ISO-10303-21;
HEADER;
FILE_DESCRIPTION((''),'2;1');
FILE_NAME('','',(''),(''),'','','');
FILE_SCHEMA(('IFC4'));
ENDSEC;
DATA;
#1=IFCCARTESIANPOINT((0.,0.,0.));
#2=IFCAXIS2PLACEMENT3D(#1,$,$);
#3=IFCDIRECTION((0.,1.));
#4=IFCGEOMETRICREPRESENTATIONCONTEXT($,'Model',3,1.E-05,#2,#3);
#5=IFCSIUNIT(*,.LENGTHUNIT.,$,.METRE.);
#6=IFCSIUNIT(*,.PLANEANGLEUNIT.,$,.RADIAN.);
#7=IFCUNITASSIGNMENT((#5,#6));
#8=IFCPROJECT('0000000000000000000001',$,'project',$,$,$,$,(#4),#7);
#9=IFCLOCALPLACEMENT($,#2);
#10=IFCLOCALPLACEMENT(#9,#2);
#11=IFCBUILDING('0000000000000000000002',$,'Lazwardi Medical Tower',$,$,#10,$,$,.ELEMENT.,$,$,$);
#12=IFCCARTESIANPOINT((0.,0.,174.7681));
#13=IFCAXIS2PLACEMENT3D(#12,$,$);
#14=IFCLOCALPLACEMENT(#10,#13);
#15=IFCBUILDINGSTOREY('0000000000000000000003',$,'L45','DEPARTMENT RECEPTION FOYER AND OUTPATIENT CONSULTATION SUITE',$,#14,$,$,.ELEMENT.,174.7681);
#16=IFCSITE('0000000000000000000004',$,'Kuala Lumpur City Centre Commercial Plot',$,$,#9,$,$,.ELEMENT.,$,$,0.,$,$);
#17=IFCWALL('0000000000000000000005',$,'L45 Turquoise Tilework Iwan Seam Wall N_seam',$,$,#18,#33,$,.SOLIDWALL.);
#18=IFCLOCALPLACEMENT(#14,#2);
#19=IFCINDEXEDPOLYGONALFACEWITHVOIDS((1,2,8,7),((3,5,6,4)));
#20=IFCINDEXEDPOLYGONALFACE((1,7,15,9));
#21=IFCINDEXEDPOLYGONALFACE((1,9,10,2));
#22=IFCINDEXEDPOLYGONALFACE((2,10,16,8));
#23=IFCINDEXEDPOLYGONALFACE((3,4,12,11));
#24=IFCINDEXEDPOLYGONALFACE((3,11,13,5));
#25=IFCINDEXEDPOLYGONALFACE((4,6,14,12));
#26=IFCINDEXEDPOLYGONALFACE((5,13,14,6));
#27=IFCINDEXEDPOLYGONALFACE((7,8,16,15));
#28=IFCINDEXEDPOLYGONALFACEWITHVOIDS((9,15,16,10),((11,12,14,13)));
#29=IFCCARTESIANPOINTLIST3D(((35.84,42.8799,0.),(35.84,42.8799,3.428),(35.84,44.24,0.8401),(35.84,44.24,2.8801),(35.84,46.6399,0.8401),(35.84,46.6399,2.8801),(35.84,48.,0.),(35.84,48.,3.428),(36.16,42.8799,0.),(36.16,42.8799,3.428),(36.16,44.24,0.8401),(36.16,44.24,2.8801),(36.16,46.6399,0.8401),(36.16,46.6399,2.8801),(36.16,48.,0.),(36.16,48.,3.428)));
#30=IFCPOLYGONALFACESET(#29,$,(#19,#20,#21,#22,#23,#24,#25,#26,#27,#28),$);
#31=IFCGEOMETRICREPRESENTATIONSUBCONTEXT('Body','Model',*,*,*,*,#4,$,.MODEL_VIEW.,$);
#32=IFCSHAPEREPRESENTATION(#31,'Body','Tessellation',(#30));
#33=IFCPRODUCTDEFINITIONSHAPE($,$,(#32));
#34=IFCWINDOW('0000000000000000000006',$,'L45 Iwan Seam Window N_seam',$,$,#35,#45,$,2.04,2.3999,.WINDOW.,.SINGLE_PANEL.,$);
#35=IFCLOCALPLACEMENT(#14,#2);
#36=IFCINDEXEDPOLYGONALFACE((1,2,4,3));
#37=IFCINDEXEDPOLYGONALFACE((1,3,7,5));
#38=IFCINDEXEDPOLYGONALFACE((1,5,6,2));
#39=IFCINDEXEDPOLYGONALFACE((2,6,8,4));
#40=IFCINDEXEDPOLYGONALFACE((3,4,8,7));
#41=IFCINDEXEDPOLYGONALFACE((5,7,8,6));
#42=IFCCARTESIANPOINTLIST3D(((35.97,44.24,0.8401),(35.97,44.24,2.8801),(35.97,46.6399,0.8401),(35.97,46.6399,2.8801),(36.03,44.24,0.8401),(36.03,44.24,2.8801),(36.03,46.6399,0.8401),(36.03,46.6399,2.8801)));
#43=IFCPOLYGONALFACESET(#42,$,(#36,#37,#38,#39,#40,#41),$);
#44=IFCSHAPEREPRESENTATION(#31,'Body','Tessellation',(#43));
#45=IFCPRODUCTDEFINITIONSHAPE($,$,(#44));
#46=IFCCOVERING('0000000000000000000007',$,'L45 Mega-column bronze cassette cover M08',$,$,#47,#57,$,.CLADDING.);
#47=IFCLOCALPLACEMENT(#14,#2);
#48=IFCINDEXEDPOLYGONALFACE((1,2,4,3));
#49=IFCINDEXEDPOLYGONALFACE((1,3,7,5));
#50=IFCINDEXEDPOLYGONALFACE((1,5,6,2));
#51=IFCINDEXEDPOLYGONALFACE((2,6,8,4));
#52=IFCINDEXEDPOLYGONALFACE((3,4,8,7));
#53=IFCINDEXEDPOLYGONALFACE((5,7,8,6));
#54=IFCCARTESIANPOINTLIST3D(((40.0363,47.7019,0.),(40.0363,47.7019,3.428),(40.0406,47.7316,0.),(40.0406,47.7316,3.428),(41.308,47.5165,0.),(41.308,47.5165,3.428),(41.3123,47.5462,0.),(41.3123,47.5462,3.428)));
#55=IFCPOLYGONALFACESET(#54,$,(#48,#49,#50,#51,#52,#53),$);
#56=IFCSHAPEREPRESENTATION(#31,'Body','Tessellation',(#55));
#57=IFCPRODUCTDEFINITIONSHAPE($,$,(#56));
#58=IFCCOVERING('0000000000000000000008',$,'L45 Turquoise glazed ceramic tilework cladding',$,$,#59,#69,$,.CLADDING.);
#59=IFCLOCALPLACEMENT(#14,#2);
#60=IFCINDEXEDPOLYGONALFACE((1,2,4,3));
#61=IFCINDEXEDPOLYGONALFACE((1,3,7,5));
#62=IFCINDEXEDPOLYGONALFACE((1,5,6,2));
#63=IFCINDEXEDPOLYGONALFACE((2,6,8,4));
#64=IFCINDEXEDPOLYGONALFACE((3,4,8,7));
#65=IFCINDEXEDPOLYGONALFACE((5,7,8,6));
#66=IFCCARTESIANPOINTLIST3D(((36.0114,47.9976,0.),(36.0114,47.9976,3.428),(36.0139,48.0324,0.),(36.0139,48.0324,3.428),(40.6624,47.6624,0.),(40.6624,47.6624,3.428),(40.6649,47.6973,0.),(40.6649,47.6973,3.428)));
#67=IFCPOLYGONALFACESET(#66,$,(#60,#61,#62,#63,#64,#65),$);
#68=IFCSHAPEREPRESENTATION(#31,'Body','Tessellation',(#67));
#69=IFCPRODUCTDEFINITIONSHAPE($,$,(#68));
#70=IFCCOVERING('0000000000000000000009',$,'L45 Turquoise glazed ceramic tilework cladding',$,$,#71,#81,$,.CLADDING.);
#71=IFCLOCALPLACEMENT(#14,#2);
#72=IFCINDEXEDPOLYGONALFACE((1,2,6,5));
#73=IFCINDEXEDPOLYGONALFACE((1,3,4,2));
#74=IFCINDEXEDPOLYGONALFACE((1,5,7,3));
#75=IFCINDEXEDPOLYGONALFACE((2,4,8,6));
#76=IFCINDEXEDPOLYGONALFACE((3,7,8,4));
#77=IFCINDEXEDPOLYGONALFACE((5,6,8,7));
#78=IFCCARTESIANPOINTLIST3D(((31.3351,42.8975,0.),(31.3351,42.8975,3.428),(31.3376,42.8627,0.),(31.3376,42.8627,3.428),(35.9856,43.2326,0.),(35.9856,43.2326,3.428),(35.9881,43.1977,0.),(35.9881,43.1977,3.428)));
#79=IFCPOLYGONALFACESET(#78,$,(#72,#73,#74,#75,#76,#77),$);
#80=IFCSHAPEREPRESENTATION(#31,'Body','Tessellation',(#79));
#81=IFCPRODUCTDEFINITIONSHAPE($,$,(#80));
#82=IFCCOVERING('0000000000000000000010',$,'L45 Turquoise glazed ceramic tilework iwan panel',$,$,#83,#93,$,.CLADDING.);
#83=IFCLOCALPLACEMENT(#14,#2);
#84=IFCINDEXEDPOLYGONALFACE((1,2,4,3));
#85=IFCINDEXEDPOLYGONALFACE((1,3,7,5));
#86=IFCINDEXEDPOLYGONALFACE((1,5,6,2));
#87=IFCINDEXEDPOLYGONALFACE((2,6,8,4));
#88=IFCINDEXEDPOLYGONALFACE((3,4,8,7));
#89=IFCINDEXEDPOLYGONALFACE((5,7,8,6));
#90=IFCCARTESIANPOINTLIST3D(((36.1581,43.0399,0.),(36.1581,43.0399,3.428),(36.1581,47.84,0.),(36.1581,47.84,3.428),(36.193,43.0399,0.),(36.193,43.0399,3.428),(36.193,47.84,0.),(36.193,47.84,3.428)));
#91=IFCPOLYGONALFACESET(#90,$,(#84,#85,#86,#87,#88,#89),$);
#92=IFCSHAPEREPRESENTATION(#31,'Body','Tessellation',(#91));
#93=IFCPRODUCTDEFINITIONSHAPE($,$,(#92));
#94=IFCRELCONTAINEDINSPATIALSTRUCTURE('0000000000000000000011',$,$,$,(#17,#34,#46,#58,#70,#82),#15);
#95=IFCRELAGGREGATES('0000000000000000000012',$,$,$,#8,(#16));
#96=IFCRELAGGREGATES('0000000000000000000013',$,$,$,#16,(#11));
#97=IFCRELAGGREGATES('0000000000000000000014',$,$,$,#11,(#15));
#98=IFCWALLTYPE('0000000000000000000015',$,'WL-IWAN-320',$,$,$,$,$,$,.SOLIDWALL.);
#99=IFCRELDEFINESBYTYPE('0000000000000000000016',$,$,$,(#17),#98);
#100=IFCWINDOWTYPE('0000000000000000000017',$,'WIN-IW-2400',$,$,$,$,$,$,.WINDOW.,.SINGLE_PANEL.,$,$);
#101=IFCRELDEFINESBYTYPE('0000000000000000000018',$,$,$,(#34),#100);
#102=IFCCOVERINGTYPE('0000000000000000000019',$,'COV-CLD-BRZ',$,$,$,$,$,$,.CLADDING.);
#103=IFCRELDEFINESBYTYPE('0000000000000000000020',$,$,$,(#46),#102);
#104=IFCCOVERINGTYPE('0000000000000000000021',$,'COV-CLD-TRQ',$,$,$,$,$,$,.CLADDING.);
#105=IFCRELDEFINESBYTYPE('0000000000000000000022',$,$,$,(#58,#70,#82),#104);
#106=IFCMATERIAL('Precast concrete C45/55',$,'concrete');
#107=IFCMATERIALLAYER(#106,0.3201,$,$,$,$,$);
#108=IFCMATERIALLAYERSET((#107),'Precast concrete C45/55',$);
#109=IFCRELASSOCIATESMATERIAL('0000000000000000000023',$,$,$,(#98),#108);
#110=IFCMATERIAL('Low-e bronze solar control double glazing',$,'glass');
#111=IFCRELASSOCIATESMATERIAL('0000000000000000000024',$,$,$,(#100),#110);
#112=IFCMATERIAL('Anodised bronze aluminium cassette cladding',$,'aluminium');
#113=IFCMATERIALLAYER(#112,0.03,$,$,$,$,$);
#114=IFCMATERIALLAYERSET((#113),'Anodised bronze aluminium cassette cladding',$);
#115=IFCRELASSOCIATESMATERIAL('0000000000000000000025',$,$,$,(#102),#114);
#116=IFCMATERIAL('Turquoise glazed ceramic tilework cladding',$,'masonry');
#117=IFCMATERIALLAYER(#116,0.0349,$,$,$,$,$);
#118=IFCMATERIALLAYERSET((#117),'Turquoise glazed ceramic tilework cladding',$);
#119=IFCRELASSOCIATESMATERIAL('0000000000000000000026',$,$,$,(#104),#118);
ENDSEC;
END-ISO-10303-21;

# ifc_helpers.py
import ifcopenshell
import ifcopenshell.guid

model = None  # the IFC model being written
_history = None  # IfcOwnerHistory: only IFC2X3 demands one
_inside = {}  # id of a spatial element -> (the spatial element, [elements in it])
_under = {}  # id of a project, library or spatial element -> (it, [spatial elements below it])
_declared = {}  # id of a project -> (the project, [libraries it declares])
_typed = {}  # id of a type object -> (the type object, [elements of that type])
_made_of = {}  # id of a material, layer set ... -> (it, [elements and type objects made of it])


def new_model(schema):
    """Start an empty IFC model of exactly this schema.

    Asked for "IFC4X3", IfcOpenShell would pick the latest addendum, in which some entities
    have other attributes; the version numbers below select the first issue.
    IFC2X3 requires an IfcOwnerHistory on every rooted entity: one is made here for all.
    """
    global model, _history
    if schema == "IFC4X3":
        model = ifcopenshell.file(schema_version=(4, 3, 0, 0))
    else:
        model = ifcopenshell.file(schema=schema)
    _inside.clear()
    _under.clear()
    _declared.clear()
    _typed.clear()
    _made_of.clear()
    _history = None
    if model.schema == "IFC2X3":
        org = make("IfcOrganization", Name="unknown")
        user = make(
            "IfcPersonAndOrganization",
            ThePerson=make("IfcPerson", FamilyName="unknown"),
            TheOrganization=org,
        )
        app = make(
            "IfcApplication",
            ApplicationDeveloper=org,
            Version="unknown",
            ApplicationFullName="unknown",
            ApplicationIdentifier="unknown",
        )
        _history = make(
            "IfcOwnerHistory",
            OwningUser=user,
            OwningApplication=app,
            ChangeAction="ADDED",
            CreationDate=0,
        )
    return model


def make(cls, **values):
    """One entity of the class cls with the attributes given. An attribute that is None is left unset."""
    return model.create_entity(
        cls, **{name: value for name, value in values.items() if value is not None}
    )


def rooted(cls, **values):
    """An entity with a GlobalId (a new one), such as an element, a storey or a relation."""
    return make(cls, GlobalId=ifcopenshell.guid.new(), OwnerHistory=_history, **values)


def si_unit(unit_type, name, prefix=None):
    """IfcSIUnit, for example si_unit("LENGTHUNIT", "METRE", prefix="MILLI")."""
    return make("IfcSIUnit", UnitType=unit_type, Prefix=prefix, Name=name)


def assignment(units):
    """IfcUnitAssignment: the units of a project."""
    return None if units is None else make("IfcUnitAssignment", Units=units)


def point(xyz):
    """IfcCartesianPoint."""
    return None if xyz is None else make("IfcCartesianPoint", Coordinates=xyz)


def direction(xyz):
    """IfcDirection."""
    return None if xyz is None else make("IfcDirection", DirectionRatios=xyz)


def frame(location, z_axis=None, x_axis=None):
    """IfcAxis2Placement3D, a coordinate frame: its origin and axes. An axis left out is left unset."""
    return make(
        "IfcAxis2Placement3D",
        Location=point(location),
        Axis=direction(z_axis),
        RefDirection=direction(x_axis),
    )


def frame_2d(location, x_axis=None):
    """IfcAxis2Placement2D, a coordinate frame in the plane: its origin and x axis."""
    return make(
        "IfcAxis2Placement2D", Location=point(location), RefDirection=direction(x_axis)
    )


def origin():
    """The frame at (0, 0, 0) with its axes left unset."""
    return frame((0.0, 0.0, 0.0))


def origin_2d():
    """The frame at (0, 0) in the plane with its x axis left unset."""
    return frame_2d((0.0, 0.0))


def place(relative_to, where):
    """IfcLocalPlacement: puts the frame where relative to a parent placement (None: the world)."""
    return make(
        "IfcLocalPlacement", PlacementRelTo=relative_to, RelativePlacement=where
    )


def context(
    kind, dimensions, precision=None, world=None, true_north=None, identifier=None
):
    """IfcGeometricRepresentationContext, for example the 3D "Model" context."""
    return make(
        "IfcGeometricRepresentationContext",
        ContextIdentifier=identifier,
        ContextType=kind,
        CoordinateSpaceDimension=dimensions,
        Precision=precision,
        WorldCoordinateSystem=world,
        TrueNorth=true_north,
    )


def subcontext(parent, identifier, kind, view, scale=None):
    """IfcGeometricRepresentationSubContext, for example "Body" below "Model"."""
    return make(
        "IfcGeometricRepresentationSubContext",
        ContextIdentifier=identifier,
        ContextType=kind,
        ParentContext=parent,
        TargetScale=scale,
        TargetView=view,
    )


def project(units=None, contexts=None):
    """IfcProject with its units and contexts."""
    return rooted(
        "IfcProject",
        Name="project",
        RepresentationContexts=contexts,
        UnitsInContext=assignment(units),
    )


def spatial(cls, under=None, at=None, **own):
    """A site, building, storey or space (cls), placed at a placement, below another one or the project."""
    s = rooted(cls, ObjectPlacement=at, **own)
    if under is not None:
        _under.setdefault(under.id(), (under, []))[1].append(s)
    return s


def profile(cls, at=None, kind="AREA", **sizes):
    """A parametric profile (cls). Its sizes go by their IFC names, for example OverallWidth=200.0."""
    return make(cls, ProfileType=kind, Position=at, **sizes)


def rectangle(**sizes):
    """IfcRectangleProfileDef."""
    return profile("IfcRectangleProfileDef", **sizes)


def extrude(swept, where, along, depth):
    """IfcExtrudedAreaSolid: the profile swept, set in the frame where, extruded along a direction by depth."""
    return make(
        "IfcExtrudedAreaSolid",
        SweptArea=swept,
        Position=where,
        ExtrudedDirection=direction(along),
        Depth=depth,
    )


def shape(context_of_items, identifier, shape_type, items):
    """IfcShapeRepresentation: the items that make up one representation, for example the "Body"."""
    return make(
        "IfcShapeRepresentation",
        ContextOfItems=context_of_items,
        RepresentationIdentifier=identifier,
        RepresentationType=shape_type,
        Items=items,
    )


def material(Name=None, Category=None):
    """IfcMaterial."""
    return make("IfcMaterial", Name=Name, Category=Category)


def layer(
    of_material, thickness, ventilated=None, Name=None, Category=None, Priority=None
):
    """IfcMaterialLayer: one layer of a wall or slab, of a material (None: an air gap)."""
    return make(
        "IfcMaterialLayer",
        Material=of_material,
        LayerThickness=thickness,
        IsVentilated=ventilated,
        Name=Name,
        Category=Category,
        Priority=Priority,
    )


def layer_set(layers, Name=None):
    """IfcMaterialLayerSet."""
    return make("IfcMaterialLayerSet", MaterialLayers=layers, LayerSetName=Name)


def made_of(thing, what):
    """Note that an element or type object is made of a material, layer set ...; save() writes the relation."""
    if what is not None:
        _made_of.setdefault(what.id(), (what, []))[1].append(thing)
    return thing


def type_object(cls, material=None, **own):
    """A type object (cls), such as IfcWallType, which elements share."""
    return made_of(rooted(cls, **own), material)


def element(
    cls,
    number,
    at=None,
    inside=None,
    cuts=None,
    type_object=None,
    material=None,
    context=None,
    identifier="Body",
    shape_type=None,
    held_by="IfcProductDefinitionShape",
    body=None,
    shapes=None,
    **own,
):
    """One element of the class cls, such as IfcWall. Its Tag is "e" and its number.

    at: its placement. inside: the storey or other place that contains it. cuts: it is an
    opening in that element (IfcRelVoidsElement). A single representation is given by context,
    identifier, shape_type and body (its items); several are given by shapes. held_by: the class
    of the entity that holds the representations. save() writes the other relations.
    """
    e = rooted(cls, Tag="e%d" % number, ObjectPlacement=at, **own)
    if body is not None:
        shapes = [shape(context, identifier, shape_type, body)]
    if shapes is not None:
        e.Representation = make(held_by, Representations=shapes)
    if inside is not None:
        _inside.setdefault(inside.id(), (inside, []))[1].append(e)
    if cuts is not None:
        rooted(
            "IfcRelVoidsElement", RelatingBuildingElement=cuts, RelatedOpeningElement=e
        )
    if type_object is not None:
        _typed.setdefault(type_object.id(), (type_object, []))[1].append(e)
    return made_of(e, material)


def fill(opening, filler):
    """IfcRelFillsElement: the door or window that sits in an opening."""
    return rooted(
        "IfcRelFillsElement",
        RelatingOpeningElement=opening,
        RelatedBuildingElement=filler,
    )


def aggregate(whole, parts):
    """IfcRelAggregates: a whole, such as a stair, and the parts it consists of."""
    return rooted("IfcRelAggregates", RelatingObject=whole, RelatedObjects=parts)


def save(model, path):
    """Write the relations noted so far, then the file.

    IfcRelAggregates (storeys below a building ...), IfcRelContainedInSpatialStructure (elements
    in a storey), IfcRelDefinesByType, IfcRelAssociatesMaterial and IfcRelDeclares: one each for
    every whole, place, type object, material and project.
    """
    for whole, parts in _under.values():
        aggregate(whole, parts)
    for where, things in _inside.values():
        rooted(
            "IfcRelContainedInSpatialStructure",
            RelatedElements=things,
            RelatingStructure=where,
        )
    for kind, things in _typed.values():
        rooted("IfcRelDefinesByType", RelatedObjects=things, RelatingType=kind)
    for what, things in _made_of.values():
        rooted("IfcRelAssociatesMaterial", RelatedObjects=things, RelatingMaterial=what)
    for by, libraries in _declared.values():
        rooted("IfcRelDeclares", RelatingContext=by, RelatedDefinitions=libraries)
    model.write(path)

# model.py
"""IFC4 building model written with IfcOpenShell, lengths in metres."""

from ifc_helpers import new_model, si_unit, direction, frame, frame_2d, origin, origin_2d, place, context, subcontext, project, spatial, rectangle, extrude, material, layer, layer_set, type_object, element, fill, save


model = new_model("IFC4")

# Units and contexts
model_context = context("Model", 3, precision=1e-05, world=origin(), true_north=direction((0.0, 1.0)))
body_context = subcontext(model_context, "Body", "Model", "MODEL_VIEW")
ifc_project = project(units=[si_unit("LENGTHUNIT", "METRE"), si_unit("PLANEANGLEUNIT", "RADIAN")], contexts=[model_context])

# Site, building, storey
site_placement = place(None, origin())
site = spatial("IfcSite", under=ifc_project, at=site_placement, Name="Kuala Lumpur City Centre Commercial Plot", CompositionType="ELEMENT", RefElevation=0.0)
building_placement = place(site_placement, origin())
building = spatial("IfcBuilding", under=site, at=building_placement, Name="Lazwardi Medical Tower", CompositionType="ELEMENT")
storey_placement = place(building_placement, frame((0.0, 0.0, 174.7681)))
storey = spatial("IfcBuildingStorey", under=building, at=storey_placement, Name="L45", Description="DEPARTMENT RECEPTION FOYER AND OUTPATIENT CONSULTATION SUITE", CompositionType="ELEMENT", Elevation=174.7681)

# Shared definitions
ifc_material_1 = material(Name="Low-e bronze solar control double glazing", Category="glass")

# Wall, opening, window
ifc_material_2 = material(Name="Precast concrete C45/55", Category="concrete")
ifc_layer_1 = layer(ifc_material_2, 0.3201)
ifc_layer_set_1 = layer_set([ifc_layer_1], Name="Precast concrete C45/55")
wall_type_1 = type_object("IfcWallType", Name="WL-IWAN-320", PredefinedType="SOLIDWALL", material=ifc_layer_set_1)
wall_1_placement = place(storey_placement, frame((36.0, 48.0, 0.0), z_axis=(0.0, 0.0, 1.0), x_axis=(0.0, -1.0, 0.0)))
wall_1 = element("IfcWall", 1, at=wall_1_placement, inside=storey, type_object=wall_type_1, Name="L45 Turquoise Tilework Iwan Seam Wall N_seam", PredefinedType="SOLIDWALL", context=body_context, shape_type="SweptSolid", body=[
    extrude(rectangle(XDim=5.1201, YDim=0.3201, at=frame_2d((2.5601, 0.0))), origin(), (0.0, 0.0, 1.0), 3.428),
])
opening_1_placement = place(wall_1_placement, frame((1.3601, 0.0, 0.8401)))
opening_1 = element("IfcOpeningElement", 2, at=opening_1_placement, cuts=wall_1, PredefinedType="OPENING", context=body_context, shape_type="SweptSolid", body=[
    extrude(rectangle(XDim=2.3999, YDim=2.04, at=frame_2d((1.2, 1.02))), frame((0.0, 0.1699, 0.0), z_axis=(0.0, -1.0, 0.0), x_axis=(1.0, 0.0, 0.0)), (0.0, 0.0, 1.0), 0.3401),
])
window_type_1 = type_object("IfcWindowType", Name="WIN-IW-2400", PartitioningType="SINGLE_PANEL", PredefinedType="WINDOW", material=ifc_material_1)
window_1_placement = place(opening_1_placement, origin())
window_1 = element("IfcWindow", 3, at=window_1_placement, inside=storey, type_object=window_type_1, Name="L45 Iwan Seam Window N_seam", OverallHeight=2.04, OverallWidth=2.3999, PartitioningType="SINGLE_PANEL", PredefinedType="WINDOW", context=body_context, shape_type="SweptSolid", body=[
    extrude(rectangle(XDim=2.3999, YDim=2.04, at=frame_2d((1.2, 1.02))), frame((0.0, 0.03, 0.0), z_axis=(0.0, -1.0, 0.0), x_axis=(1.0, 0.0, 0.0)), (0.0, 0.0, 1.0), 0.0601),
])
fill(opening_1, window_1)

# Coverings
ifc_material_3 = material(Name="Anodised bronze aluminium cassette cladding", Category="aluminium")
ifc_layer_2 = layer(ifc_material_3, 0.03)
ifc_layer_set_2 = layer_set([ifc_layer_2], Name="Anodised bronze aluminium cassette cladding")
covering_type_1 = type_object("IfcCoveringType", Name="COV-CLD-BRZ", PredefinedType="CLADDING", material=ifc_layer_set_2)
covering_1_placement = place(storey_placement, frame((40.6743, 47.624, 0.0), z_axis=(0.0, 0.0, 1.0), x_axis=(-0.989539, 0.144265, 0.0)))
element("IfcCovering", 4, at=covering_1_placement, inside=storey, type_object=covering_type_1, Name="L45 Mega-column bronze cassette cover M08", PredefinedType="CLADDING", context=body_context, shape_type="SweptSolid", body=[
    extrude(rectangle(XDim=1.2852, YDim=0.03, at=origin_2d()), origin(), (0.0, 0.0, 1.0), 3.428),
])
ifc_material_4 = material(Name="Turquoise glazed ceramic tilework cladding", Category="masonry")
ifc_layer_3 = layer(ifc_material_4, 0.0349)
ifc_layer_set_3 = layer_set([ifc_layer_3], Name="Turquoise glazed ceramic tilework cladding")
covering_type_2 = type_object("IfcCoveringType", Name="COV-CLD-TRQ", PredefinedType="CLADDING", material=ifc_layer_set_3)
covering_2_placement = place(storey_placement, frame((38.3381, 47.8474, 0.0), z_axis=(0.0, 0.0, 1.0), x_axis=(-0.997415, 0.071863, 0.0)))
element("IfcCovering", 5, at=covering_2_placement, inside=storey, type_object=covering_type_2, Name="L45 Turquoise glazed ceramic tilework cladding", PredefinedType="CLADDING", context=body_context, shape_type="SweptSolid", body=[
    extrude(rectangle(XDim=4.6631, YDim=0.0349, at=origin_2d()), origin(), (0.0, 0.0, 1.0), 3.428),
])
covering_3_placement = place(storey_placement, frame((33.6616, 43.0476, 0.0), z_axis=(0.0, 0.0, 1.0), x_axis=(-0.997414, -0.071868, 0.0)))
element("IfcCovering", 6, at=covering_3_placement, inside=storey, type_object=covering_type_2, Name="L45 Turquoise glazed ceramic tilework cladding", PredefinedType="CLADDING", context=body_context, shape_type="SweptSolid", body=[
    extrude(rectangle(XDim=4.6626, YDim=0.0349, at=origin_2d()), origin(), (0.0, 0.0, 1.0), 3.428),
])
covering_4_placement = place(storey_placement, frame((36.1755, 45.4399, 0.0), z_axis=(0.0, 0.0, 1.0), x_axis=(0.0, -1.0, 0.0)))
element("IfcCovering", 7, at=covering_4_placement, inside=storey, type_object=covering_type_2, Name="L45 Turquoise glazed ceramic tilework iwan panel", PredefinedType="CLADDING", context=body_context, shape_type="SweptSolid", body=[
    extrude(rectangle(XDim=4.8, YDim=0.0349, at=origin_2d()), origin(), (0.0, 0.0, 1.0), 3.428),
])

save(model, "model.ifc")
